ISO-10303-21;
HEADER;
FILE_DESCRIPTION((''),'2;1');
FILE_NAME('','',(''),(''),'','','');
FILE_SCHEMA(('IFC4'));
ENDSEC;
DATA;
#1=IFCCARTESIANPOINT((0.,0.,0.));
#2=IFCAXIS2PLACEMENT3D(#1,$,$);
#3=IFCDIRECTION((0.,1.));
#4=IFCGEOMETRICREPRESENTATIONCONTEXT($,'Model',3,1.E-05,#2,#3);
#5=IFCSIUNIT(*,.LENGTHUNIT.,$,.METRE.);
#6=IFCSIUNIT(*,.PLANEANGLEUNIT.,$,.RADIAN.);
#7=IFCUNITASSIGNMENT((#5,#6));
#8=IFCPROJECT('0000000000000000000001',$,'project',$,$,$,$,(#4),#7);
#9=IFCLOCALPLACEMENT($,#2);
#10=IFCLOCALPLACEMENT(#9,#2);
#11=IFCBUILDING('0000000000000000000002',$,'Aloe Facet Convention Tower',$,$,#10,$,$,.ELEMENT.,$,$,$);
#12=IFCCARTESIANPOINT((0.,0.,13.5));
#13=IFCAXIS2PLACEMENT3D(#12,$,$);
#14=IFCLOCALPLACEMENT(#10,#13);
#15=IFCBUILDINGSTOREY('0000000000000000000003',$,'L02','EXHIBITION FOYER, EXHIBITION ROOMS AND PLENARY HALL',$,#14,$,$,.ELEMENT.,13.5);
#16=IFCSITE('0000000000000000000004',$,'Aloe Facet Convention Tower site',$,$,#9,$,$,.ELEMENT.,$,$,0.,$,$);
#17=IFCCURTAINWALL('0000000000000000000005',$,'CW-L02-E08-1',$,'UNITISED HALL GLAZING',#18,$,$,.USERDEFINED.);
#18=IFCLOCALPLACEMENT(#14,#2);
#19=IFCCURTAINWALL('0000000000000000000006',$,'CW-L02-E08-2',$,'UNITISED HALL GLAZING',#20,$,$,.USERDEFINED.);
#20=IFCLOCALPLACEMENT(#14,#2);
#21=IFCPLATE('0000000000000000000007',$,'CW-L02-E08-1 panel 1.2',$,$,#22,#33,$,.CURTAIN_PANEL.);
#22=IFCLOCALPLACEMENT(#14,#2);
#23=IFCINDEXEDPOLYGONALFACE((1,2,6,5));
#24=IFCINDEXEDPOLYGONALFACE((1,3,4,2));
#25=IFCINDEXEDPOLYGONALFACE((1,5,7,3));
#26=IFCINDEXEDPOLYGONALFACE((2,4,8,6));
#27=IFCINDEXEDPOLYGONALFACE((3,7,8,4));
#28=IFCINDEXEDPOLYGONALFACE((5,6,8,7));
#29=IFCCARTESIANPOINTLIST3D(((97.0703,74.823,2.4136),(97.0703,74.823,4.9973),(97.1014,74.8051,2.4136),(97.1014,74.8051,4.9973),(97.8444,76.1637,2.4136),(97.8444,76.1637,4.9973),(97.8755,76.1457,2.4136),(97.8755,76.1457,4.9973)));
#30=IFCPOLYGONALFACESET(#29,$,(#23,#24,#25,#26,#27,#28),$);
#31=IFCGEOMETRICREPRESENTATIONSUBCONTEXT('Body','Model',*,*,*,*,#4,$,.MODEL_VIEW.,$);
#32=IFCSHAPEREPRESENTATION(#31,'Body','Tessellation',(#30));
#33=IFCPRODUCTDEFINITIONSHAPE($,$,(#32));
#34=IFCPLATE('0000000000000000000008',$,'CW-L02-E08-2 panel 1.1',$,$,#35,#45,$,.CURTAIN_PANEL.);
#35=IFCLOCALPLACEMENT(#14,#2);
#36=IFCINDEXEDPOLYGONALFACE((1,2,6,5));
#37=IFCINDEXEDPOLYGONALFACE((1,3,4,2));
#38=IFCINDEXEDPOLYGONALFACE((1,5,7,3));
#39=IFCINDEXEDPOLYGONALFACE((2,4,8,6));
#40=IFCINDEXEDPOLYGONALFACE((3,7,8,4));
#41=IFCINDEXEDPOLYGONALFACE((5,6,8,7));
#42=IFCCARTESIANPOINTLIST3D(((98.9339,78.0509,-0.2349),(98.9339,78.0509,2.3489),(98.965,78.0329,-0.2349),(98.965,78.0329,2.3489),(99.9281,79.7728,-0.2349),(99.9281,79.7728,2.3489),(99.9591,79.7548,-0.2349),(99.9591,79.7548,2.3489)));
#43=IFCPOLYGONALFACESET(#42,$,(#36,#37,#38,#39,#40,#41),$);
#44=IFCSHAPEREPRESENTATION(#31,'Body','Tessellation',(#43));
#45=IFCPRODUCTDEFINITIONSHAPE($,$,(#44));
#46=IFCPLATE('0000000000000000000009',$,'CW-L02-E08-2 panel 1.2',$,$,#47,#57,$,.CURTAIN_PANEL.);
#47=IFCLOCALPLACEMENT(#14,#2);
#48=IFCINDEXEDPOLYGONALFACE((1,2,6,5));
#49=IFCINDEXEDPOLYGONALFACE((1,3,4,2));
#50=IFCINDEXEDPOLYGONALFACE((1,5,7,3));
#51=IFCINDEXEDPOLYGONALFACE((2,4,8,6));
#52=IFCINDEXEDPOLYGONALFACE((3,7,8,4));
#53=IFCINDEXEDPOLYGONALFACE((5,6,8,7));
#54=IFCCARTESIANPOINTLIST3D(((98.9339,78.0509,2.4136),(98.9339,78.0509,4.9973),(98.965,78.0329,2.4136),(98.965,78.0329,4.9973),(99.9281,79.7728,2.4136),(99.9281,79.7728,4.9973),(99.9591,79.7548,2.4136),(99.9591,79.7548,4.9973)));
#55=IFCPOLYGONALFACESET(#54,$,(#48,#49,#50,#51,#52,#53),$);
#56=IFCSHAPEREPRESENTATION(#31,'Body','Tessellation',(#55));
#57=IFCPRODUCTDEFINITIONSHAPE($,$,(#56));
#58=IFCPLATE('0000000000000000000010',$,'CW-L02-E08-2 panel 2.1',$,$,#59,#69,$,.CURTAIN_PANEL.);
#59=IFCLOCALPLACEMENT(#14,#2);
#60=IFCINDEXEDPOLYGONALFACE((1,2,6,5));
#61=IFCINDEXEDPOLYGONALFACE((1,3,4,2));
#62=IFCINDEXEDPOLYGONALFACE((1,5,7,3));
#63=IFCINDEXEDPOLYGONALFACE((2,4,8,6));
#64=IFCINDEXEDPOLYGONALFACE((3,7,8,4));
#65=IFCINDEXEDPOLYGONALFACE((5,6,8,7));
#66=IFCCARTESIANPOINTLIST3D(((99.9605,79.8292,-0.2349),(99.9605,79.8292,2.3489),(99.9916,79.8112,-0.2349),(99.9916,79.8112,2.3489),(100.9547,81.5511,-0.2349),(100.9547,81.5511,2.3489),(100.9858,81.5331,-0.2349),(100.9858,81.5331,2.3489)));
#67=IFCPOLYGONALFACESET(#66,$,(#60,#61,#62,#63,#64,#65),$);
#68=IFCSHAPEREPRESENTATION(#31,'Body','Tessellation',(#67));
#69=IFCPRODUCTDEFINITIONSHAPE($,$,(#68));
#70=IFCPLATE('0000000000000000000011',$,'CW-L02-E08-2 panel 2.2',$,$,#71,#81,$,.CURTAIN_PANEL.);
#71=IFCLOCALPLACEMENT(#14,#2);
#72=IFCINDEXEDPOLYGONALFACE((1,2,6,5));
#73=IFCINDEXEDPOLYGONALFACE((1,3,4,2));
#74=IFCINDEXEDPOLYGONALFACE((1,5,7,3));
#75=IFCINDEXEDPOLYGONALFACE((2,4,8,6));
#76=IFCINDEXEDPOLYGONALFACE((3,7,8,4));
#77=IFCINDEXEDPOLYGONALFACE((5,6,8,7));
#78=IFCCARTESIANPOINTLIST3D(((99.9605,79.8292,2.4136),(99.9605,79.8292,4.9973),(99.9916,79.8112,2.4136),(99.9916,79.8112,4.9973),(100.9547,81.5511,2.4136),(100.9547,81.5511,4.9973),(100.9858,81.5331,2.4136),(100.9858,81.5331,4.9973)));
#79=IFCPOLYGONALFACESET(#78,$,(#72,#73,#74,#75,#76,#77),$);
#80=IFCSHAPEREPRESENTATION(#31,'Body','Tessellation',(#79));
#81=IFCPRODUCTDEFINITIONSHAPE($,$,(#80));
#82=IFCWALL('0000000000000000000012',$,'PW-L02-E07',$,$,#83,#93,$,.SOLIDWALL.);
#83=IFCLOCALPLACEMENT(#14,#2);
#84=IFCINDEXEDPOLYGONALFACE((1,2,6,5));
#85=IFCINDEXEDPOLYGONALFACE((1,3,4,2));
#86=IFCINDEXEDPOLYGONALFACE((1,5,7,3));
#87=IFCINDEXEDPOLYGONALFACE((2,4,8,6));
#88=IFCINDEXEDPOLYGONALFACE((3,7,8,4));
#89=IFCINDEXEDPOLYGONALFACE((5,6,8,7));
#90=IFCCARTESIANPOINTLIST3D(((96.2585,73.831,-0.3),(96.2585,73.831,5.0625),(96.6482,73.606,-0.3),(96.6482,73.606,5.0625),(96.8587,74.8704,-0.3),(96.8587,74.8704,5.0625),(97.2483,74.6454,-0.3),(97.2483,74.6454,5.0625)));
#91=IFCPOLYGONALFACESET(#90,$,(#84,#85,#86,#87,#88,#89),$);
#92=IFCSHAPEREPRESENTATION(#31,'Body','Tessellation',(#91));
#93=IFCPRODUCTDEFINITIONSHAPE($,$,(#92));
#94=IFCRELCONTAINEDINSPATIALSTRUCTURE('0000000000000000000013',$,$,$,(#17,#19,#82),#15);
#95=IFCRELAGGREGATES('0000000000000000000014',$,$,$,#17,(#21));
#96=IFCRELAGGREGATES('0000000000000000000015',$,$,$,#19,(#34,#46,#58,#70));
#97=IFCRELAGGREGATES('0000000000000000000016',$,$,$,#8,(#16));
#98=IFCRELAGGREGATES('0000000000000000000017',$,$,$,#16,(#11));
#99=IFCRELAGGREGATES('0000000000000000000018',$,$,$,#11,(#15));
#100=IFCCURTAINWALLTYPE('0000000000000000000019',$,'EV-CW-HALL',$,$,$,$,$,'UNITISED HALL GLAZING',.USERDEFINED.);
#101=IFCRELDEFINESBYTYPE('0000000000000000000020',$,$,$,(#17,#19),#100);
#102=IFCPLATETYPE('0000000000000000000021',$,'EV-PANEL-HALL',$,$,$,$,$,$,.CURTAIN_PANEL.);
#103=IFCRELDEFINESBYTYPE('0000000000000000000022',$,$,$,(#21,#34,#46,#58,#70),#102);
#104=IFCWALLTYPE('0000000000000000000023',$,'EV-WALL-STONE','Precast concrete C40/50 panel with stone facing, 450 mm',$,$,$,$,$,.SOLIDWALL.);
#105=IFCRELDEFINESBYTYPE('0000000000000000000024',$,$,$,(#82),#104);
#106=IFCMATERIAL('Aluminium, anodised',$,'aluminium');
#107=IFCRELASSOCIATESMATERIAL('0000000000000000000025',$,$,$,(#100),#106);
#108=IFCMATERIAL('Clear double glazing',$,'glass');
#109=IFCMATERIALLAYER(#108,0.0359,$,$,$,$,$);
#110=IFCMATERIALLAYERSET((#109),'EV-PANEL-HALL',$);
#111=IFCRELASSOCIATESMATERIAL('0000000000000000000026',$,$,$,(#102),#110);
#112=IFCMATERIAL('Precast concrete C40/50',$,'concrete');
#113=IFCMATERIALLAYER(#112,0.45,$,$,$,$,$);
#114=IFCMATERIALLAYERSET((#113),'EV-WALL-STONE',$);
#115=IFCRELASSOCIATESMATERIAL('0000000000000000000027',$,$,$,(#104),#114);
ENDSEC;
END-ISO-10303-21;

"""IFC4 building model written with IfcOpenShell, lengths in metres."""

from ifc_helpers import new_model, si_unit, direction, frame, frame_2d, origin, origin_2d, place, context, subcontext, project, spatial, rectangle, extrude, material, layer, layer_set, type_object, element, aggregate, save


model = new_model("IFC4")

# Units and contexts
model_context = context("Model", 3, precision=1e-05, world=origin(), true_north=direction((0.0, 1.0)))
body_context = subcontext(model_context, "Body", "Model", "MODEL_VIEW")
ifc_project = project(units=[si_unit("LENGTHUNIT", "METRE"), si_unit("PLANEANGLEUNIT", "RADIAN")], contexts=[model_context])

# Site, building, storey
site_placement = place(None, origin())
site = spatial("IfcSite", under=ifc_project, at=site_placement, Name="Aloe Facet Convention Tower site", CompositionType="ELEMENT", RefElevation=0.0)
building_placement = place(site_placement, origin())
building = spatial("IfcBuilding", under=site, at=building_placement, Name="Aloe Facet Convention Tower", CompositionType="ELEMENT")
storey_placement = place(building_placement, frame((0.0, 0.0, 13.5)))
storey = spatial("IfcBuildingStorey", under=building, at=storey_placement, Name="L02", Description="EXHIBITION FOYER, EXHIBITION ROOMS AND PLENARY HALL", CompositionType="ELEMENT", Elevation=13.5)

# Shared definitions
ifc_material_1 = material(Name="Aluminium, anodised", Category="aluminium")
curtain_wall_type = type_object("IfcCurtainWallType", Name="EV-CW-HALL", ElementType="UNITISED HALL GLAZING", PredefinedType="USERDEFINED", material=ifc_material_1)

# Curtain walls
curtain_wall_1_placement = place(storey_placement, origin())
curtain_wall_1 = element("IfcCurtainWall", 1, at=curtain_wall_1_placement, inside=storey, type_object=curtain_wall_type, Name="CW-L02-E08-1", ObjectType="UNITISED HALL GLAZING", PredefinedType="USERDEFINED")
curtain_wall_2_placement = place(storey_placement, origin())
curtain_wall_2 = element("IfcCurtainWall", 2, at=curtain_wall_2_placement, inside=storey, type_object=curtain_wall_type, Name="CW-L02-E08-2", ObjectType="UNITISED HALL GLAZING", PredefinedType="USERDEFINED")

# Plates
ifc_material_2 = material(Name="Clear double glazing", Category="glass")
ifc_layer_1 = layer(ifc_material_2, 0.0359)
ifc_layer_set_1 = layer_set([ifc_layer_1], Name="EV-PANEL-HALL")
plate_type = type_object("IfcPlateType", Name="EV-PANEL-HALL", PredefinedType="CURTAIN_PANEL", material=ifc_layer_set_1)
plate_1_placement = place(storey_placement, frame((97.4729, 75.4844, 2.4136), z_axis=(0.0, 0.0, 1.0), x_axis=(0.5, 0.866025, 0.0)))
plate_1 = element("IfcPlate", 3, at=plate_1_placement, type_object=plate_type, Name="CW-L02-E08-1 panel 1.2", PredefinedType="CURTAIN_PANEL", context=body_context, shape_type="SweptSolid", body=[
    extrude(rectangle(XDim=1.5481, YDim=0.0359, at=origin_2d()), origin(), (0.0, 0.0, 1.0), 2.5837),
])
aggregate(curtain_wall_1, [plate_1])
plate_2_placement = place(storey_placement, frame((99.4465, 78.9028, -0.2349), z_axis=(0.0, 0.0, 1.0), x_axis=(0.5, 0.866025, 0.0)))
plate_2 = element("IfcPlate", 4, at=plate_2_placement, type_object=plate_type, Name="CW-L02-E08-2 panel 1.1", PredefinedType="CURTAIN_PANEL", context=body_context, shape_type="SweptSolid", body=[
    extrude(rectangle(XDim=1.9883, YDim=0.0359, at=origin_2d()), origin(), (0.0, 0.0, 1.0), 2.5837),
])
plate_3_placement = place(storey_placement, frame((99.4465, 78.9028, 2.4136), z_axis=(0.0, 0.0, 1.0), x_axis=(0.5, 0.866025, 0.0)))
plate_3 = element("IfcPlate", 5, at=plate_3_placement, type_object=plate_type, Name="CW-L02-E08-2 panel 1.2", PredefinedType="CURTAIN_PANEL", context=body_context, shape_type="SweptSolid", body=[
    extrude(rectangle(XDim=1.9883, YDim=0.0359, at=origin_2d()), origin(), (0.0, 0.0, 1.0), 2.5837),
])
plate_4_placement = place(storey_placement, frame((100.4731, 80.6812, -0.2349), z_axis=(0.0, 0.0, 1.0), x_axis=(0.5, 0.866025, 0.0)))
plate_4 = element("IfcPlate", 6, at=plate_4_placement, type_object=plate_type, Name="CW-L02-E08-2 panel 2.1", PredefinedType="CURTAIN_PANEL", context=body_context, shape_type="SweptSolid", body=[
    extrude(rectangle(XDim=1.9883, YDim=0.0359, at=origin_2d()), origin(), (0.0, 0.0, 1.0), 2.5837),
])
plate_5_placement = place(storey_placement, frame((100.4731, 80.6812, 2.4136), z_axis=(0.0, 0.0, 1.0), x_axis=(0.5, 0.866025, 0.0)))
plate_5 = element("IfcPlate", 7, at=plate_5_placement, type_object=plate_type, Name="CW-L02-E08-2 panel 2.2", PredefinedType="CURTAIN_PANEL", context=body_context, shape_type="SweptSolid", body=[
    extrude(rectangle(XDim=1.9883, YDim=0.0359, at=origin_2d()), origin(), (0.0, 0.0, 1.0), 2.5837),
])
aggregate(curtain_wall_2, [plate_2, plate_3, plate_4, plate_5])

# Wall
ifc_material_3 = material(Name="Precast concrete C40/50", Category="concrete")
ifc_layer_2 = layer(ifc_material_3, 0.45)
ifc_layer_set_2 = layer_set([ifc_layer_2], Name="EV-WALL-STONE")
wall_type = type_object("IfcWallType", Name="EV-WALL-STONE", Description="Precast concrete C40/50 panel with stone facing, 450 mm", PredefinedType="SOLIDWALL", material=ifc_layer_set_2)
wall_placement = place(storey_placement, frame((96.4534, 73.7185, -0.3), z_axis=(0.0, 0.0, 1.0), x_axis=(0.500034, 0.866006, 0.0)))
element("IfcWall", 8, at=wall_placement, inside=storey, type_object=wall_type, Name="PW-L02-E07", PredefinedType="SOLIDWALL", context=body_context, shape_type="SweptSolid", body=[
    extrude(rectangle(XDim=1.2002, YDim=0.45, at=frame_2d((0.6001, 0.0))), origin(), (0.0, 0.0, 1.0), 5.3625),
])

save(model, "model.ifc")
